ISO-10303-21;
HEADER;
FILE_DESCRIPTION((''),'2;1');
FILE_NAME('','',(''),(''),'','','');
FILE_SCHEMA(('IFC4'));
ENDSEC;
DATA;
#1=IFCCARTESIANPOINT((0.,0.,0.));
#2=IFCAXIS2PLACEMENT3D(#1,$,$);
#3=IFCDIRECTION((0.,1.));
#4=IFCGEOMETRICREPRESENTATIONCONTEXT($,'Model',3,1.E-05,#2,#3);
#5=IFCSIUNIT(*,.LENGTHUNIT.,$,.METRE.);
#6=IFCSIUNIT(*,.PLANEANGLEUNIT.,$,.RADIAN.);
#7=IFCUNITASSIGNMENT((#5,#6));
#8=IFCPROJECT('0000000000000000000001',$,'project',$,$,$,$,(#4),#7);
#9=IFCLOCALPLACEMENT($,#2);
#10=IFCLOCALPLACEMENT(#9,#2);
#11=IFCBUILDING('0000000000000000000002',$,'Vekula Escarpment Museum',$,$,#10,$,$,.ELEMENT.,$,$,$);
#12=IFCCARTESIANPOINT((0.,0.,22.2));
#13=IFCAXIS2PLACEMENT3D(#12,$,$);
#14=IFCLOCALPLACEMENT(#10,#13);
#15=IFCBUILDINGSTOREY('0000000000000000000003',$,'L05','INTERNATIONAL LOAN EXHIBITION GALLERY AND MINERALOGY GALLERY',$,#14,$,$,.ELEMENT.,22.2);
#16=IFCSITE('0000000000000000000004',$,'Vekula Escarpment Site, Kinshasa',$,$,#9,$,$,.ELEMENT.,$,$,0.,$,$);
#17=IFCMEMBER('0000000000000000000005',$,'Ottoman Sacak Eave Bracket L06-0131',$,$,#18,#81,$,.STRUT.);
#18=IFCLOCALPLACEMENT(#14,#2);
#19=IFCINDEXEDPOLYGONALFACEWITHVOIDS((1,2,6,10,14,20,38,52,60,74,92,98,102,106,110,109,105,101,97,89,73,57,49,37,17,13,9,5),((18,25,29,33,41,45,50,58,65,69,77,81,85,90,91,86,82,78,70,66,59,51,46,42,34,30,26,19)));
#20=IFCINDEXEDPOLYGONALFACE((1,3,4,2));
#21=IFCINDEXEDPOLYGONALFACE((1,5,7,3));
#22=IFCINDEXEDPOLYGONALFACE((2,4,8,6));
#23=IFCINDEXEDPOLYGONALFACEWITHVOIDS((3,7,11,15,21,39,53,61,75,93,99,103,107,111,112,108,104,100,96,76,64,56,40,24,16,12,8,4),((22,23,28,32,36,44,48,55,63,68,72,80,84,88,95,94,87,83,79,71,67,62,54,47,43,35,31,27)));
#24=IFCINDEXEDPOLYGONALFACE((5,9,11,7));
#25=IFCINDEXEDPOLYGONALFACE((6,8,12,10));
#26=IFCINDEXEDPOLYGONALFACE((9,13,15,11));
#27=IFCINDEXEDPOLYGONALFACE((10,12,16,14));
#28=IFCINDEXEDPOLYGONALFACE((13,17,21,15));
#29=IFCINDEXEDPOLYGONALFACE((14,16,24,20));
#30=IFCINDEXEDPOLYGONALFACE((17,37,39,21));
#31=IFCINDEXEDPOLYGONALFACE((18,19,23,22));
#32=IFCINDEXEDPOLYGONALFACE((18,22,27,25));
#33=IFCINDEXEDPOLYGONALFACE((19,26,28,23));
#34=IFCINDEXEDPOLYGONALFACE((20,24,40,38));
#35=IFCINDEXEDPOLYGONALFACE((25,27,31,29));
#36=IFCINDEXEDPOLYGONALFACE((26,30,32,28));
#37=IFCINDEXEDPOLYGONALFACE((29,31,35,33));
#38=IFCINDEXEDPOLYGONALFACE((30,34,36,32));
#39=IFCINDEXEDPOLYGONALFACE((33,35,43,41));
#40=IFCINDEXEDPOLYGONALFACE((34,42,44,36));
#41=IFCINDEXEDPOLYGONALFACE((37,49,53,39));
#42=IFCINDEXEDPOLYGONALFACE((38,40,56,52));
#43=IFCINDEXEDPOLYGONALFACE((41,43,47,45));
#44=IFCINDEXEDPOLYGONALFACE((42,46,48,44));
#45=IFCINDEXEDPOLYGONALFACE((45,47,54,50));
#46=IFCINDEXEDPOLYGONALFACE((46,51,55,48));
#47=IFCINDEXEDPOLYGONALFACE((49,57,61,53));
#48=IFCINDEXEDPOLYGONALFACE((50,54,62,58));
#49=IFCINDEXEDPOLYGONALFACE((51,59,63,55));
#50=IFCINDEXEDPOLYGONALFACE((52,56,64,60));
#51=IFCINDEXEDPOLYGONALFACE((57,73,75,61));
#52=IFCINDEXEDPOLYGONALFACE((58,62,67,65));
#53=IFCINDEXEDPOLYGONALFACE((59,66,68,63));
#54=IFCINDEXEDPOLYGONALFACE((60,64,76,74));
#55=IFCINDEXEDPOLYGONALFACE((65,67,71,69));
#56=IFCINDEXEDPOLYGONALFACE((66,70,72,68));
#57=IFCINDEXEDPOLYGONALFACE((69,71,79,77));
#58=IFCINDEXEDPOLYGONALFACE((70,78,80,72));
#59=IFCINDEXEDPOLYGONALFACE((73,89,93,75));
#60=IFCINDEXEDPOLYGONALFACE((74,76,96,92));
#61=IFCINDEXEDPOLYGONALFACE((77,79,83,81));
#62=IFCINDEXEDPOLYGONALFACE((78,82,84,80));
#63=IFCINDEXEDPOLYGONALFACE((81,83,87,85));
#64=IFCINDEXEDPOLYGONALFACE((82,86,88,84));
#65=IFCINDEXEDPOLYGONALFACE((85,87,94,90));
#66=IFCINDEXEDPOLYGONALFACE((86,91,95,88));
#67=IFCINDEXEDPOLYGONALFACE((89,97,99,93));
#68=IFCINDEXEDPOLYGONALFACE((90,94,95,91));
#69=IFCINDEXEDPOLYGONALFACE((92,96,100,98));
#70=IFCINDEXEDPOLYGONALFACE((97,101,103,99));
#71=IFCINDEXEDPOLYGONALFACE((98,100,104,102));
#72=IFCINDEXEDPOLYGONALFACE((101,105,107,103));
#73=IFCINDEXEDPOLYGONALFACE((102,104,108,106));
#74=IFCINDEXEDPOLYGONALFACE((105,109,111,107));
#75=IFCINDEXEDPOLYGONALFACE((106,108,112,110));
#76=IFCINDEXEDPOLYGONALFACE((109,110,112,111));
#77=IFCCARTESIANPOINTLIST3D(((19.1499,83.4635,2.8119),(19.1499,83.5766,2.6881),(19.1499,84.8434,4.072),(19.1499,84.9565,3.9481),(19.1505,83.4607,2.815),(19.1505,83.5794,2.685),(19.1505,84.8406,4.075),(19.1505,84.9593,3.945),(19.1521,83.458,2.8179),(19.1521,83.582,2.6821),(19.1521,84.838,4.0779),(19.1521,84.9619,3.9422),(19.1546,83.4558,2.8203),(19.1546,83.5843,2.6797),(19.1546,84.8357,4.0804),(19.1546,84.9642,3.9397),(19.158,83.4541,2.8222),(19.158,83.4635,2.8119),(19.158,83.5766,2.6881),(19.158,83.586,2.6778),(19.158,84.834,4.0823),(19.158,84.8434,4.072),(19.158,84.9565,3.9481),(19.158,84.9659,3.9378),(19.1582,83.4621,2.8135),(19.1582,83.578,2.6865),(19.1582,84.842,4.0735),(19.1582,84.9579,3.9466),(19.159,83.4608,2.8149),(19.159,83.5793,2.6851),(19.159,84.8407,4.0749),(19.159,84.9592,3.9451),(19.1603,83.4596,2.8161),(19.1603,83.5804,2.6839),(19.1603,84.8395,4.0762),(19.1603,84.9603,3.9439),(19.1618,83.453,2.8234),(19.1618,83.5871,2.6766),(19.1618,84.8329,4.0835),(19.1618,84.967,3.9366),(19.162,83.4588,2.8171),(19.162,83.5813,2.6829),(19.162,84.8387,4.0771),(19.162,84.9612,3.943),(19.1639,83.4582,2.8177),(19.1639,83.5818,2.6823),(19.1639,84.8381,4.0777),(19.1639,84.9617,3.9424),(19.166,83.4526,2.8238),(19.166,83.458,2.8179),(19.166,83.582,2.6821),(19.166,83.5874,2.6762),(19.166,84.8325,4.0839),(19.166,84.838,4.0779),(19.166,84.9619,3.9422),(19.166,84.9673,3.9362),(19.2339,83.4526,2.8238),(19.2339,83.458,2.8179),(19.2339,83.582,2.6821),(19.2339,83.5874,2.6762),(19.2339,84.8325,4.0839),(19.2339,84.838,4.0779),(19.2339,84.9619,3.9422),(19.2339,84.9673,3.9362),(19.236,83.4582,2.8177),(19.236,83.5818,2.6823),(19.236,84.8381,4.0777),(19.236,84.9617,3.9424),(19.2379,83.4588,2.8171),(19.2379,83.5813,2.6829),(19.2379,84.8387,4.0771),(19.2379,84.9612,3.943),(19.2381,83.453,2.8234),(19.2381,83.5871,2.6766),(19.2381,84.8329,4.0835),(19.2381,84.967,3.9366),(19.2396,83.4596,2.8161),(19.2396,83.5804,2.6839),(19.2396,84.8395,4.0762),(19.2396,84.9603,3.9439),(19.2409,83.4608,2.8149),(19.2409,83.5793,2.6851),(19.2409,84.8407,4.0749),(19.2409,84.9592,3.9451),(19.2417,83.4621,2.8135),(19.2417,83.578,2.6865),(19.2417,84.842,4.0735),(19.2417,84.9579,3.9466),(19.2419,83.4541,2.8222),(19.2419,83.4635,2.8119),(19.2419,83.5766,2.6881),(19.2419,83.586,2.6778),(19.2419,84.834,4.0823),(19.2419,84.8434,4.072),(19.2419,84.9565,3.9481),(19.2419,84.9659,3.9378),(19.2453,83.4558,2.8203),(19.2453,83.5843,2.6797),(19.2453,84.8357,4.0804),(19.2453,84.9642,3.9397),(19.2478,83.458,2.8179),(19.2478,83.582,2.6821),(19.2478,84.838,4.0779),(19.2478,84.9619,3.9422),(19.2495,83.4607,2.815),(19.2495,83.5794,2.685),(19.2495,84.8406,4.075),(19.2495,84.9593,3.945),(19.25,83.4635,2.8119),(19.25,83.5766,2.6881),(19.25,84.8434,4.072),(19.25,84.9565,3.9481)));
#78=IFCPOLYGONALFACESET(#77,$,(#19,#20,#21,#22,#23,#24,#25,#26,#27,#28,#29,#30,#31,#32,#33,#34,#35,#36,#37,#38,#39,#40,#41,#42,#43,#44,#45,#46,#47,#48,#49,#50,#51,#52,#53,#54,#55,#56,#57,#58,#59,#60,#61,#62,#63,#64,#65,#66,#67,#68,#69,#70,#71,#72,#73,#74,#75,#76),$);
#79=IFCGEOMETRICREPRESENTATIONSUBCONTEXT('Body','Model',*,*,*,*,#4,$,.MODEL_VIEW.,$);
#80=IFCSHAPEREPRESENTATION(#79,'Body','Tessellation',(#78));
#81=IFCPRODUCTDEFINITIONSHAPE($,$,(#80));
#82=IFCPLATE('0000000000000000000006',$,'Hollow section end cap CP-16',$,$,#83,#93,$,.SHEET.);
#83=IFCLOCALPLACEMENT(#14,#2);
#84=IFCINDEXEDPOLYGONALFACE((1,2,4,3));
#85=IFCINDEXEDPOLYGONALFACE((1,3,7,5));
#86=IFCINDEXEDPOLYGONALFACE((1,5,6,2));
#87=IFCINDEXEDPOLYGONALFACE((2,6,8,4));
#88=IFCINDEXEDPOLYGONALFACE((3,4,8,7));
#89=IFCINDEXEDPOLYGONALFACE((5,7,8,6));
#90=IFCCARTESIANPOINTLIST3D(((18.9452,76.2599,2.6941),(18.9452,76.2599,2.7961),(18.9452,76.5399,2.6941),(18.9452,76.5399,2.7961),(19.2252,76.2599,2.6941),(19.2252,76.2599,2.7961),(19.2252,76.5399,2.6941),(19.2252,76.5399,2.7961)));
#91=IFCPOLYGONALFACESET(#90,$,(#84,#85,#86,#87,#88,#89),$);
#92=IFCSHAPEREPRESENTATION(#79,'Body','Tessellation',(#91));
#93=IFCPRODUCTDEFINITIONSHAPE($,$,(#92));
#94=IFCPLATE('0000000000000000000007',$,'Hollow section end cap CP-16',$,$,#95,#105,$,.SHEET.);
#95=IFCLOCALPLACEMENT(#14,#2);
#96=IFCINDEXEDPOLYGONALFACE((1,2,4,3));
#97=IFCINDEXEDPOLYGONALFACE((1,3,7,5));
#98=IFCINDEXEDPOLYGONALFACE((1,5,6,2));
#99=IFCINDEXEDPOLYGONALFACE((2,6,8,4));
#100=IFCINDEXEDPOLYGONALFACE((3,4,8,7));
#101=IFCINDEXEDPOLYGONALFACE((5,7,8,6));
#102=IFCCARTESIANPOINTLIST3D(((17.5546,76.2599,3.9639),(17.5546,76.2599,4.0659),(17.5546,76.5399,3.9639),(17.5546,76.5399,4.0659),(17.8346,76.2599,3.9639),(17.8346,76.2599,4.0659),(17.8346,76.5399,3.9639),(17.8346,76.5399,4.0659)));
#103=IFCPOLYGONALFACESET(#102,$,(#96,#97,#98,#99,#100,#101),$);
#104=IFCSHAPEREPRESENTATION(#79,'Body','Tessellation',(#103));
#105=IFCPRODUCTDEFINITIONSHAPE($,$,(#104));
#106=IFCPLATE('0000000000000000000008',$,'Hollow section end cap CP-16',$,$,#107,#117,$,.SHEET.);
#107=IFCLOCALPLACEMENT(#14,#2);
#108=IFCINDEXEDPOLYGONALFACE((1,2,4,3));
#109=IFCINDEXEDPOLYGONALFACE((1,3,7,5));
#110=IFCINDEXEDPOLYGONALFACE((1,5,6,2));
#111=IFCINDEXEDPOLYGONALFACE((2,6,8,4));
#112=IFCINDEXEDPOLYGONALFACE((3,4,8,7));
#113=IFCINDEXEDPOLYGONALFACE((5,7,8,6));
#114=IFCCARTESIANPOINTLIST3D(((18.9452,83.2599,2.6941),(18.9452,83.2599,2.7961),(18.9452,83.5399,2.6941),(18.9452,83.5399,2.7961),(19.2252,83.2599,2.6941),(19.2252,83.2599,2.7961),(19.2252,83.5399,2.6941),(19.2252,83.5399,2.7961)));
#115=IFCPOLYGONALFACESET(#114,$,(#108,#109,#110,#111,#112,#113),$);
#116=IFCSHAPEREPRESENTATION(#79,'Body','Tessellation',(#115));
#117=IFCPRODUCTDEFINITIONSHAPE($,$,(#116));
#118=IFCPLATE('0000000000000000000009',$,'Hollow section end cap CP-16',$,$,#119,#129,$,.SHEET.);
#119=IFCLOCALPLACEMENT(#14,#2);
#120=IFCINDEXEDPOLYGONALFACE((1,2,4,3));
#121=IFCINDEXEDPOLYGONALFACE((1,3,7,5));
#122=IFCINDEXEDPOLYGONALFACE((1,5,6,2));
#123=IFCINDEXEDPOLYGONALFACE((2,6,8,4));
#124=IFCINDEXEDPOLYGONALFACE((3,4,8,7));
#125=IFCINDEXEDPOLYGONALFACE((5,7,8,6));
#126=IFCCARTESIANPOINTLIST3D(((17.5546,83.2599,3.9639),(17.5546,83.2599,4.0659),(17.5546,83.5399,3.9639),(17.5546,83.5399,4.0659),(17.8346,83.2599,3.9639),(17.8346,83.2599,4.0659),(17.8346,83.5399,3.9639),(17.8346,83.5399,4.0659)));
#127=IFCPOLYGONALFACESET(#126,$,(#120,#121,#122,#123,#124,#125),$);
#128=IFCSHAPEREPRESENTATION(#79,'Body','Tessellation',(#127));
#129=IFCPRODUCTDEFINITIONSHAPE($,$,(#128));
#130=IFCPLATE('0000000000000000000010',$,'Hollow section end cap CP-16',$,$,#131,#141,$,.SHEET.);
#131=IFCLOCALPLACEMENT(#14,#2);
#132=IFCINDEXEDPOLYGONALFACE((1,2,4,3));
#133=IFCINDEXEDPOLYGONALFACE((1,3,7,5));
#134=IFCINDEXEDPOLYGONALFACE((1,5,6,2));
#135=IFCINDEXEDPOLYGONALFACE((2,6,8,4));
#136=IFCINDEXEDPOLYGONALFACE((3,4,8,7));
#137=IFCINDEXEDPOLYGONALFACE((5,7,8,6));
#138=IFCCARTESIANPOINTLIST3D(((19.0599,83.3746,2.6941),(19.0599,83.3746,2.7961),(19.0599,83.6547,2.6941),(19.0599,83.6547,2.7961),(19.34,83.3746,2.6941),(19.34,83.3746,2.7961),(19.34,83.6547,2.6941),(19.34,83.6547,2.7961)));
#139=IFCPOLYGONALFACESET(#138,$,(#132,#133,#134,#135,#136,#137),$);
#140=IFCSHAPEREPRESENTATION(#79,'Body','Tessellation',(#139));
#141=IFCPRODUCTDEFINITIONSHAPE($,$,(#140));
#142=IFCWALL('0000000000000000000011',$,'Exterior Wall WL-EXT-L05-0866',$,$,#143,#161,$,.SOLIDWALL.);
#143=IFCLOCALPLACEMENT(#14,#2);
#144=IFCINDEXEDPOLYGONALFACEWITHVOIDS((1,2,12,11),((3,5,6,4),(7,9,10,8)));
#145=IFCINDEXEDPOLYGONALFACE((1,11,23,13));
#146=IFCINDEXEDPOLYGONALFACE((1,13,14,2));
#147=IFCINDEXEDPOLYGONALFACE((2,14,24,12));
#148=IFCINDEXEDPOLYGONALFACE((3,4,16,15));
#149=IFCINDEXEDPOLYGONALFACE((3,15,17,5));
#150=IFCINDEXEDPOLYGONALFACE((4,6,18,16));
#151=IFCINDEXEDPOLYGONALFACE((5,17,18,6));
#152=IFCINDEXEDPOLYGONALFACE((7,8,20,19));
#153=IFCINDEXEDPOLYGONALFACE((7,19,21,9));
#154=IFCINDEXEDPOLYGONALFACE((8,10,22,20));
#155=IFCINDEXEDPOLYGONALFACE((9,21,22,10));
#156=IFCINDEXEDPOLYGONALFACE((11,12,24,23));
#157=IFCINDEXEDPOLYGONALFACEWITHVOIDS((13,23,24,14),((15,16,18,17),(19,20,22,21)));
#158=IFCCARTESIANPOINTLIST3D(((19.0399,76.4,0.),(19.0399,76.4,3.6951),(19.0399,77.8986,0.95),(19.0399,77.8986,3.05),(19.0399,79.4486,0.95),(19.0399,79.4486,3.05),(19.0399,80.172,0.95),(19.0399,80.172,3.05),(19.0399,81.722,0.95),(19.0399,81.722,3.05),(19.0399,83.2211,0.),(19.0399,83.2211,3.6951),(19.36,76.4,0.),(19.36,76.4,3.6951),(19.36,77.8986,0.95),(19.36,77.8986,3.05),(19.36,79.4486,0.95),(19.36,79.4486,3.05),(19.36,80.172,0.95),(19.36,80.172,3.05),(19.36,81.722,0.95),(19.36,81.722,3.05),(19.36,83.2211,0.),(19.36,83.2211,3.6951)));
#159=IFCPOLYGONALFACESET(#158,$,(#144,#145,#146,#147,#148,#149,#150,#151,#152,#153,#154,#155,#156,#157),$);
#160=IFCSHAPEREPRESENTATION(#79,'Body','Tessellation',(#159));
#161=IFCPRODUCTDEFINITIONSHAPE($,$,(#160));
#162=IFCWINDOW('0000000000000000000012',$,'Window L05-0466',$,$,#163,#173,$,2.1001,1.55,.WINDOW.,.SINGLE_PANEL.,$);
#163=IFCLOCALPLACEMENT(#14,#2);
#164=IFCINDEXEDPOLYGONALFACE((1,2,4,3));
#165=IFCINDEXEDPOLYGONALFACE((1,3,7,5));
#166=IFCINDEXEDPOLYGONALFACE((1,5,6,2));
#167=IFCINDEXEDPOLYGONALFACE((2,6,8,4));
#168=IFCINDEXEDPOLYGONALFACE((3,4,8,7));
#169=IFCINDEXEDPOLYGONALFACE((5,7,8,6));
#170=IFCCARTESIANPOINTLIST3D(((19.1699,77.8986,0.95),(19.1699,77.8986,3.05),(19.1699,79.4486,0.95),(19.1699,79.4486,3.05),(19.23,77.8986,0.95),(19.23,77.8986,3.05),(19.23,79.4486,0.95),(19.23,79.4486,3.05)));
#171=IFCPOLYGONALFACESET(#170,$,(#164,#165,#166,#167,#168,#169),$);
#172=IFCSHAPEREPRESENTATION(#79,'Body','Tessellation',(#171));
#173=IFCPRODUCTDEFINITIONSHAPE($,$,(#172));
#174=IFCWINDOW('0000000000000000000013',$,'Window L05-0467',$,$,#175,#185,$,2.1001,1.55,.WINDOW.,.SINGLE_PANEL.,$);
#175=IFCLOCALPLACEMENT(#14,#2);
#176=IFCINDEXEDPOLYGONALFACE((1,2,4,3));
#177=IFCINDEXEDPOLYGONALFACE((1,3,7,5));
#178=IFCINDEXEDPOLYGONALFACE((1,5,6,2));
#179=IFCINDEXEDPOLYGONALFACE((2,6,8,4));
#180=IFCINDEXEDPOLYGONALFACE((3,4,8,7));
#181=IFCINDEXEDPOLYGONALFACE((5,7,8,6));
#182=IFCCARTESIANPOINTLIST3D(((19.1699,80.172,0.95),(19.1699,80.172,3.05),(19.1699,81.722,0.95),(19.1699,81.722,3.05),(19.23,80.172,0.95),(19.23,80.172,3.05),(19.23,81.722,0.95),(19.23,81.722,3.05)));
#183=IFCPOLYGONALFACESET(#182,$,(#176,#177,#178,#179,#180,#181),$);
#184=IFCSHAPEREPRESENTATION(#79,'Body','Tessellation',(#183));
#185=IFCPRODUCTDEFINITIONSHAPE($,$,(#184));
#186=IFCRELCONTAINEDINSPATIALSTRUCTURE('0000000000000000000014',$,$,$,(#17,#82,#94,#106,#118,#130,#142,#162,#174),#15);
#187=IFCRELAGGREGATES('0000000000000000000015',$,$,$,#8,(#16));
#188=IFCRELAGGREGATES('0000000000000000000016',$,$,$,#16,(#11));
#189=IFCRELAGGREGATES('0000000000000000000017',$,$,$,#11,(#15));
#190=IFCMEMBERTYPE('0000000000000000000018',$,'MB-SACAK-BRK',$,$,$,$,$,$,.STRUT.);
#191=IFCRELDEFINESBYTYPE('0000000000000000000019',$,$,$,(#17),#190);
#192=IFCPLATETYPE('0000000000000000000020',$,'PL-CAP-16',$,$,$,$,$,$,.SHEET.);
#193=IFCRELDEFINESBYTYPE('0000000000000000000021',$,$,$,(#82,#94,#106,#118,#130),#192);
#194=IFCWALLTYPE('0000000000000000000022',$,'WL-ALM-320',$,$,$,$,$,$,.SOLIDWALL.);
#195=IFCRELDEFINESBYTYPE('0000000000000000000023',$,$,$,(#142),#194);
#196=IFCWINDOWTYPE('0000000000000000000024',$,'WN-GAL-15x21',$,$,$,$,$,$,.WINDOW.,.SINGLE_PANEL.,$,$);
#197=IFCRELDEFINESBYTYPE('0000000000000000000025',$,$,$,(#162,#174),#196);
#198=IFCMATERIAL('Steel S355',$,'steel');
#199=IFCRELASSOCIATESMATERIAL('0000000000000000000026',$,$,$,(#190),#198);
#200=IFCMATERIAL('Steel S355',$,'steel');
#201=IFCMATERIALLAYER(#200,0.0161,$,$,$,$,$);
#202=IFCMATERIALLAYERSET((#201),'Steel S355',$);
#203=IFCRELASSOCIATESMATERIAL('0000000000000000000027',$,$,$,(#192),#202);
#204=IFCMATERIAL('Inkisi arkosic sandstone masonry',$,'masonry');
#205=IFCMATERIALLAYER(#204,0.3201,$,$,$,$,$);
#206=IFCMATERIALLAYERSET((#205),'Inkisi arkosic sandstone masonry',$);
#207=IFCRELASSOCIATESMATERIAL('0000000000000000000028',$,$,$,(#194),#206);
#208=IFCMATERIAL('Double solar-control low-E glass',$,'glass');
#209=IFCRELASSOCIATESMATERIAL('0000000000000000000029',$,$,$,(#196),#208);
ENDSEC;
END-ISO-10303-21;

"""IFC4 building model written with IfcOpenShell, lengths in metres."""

from ifc_helpers import new_model, si_unit, direction, frame, frame_2d, origin, origin_2d, place, context, subcontext, project, spatial, rectangle, hollow_rectangle, extrude, material, layer, layer_set, material_profile, profile_set, type_object, element, fill, save


model = new_model("IFC4")

# Units and contexts
model_context = context("Model", 3, precision=1e-05, world=origin(), true_north=direction((0.0, 1.0)))
body_context = subcontext(model_context, "Body", "Model", "MODEL_VIEW")
ifc_project = project(units=[si_unit("LENGTHUNIT", "METRE"), si_unit("PLANEANGLEUNIT", "RADIAN")], contexts=[model_context])

# Site, building, storey
site_placement = place(None, origin())
site = spatial("IfcSite", under=ifc_project, at=site_placement, Name="Vekula Escarpment Site, Kinshasa", CompositionType="ELEMENT", RefElevation=0.0)
building_placement = place(site_placement, origin())
building = spatial("IfcBuilding", under=site, at=building_placement, Name="Vekula Escarpment Museum", CompositionType="ELEMENT")
storey_placement = place(building_placement, frame((0.0, 0.0, 22.2)))
storey = spatial("IfcBuildingStorey", under=building, at=storey_placement, Name="L05", Description="INTERNATIONAL LOAN EXHIBITION GALLERY AND MINERALOGY GALLERY", CompositionType="ELEMENT", Elevation=22.2)

# Member
ifc_material_1 = material(Name="Steel S355", Category="steel")
ifc_material_profile_1 = material_profile(ifc_material_1, hollow_rectangle(XDim=0.1001, YDim=0.2, WallThickness=0.0081, InnerFilletRadius=0.0081, OuterFilletRadius=0.0161, at=origin_2d()), Name="RHS 200x100x8")
ifc_profile_set_1 = profile_set([ifc_material_profile_1], Name="Steel S355")
member_type = type_object("IfcMemberType", Name="MB-SACAK-BRK", PredefinedType="STRUT", material=ifc_profile_set_1)
member_placement = place(storey_placement, frame((19.2, 83.52, 2.75), z_axis=(0.0, 0.738454, 0.674303), x_axis=(-1.0, 0.0, 0.0)))
element("IfcMember", 1, at=member_placement, inside=storey, type_object=member_type, Name="Ottoman Sacak Eave Bracket L06-0131", PredefinedType="STRUT", context=body_context, shape_type="SweptSolid", body=[
    extrude(hollow_rectangle(XDim=0.1001, YDim=0.2, WallThickness=0.0081, InnerFilletRadius=0.0081, OuterFilletRadius=0.0161, at=origin_2d()), origin(), (0.0, 0.0, 1.0), 1.8687),
])

# Plates
ifc_material_2 = material(Name="Steel S355", Category="steel")
ifc_layer_1 = layer(ifc_material_2, 0.0161)
ifc_layer_set_1 = layer_set([ifc_layer_1], Name="Steel S355")
plate_type = type_object("IfcPlateType", Name="PL-CAP-16", PredefinedType="SHEET", material=ifc_layer_set_1)
for number, where, z_axis, x_axis, name in (
    (2, (19.0852, 76.3999, 2.6941), (0.0, 0.0, 1.0), (1.0, 0.0, 0.0), "Hollow section end cap CP-16"),
    (3, (17.6946, 76.3999, 3.9639), (0.0, 0.0, 1.0), (1.0, 0.0, 0.0), "Hollow section end cap CP-16"),
    (4, (19.0852, 83.3999, 2.6941), (0.0, 0.0, 1.0), (1.0, 0.0, 0.0), "Hollow section end cap CP-16"),
    (5, (17.6946, 83.3999, 3.9639), (0.0, 0.0, 1.0), (1.0, 0.0, 0.0), "Hollow section end cap CP-16"),
    (6, (19.2, 83.5146, 2.6941), (0.0, 0.0, 1.0), (1.0, 0.0, 0.0), "Hollow section end cap CP-16"),
):
    element("IfcPlate", number, at=place(storey_placement, frame(where, z_axis=z_axis, x_axis=x_axis)), inside=storey, type_object=plate_type, Name=name, PredefinedType="SHEET", context=body_context, shape_type="SweptSolid", body=[
        extrude(rectangle(XDim=0.28, YDim=0.28, at=origin_2d()), origin(), (0.0, 0.0, 1.0), 0.1021),
    ])

# Wall, openings, windows
ifc_material_3 = material(Name="Inkisi arkosic sandstone masonry", Category="masonry")
ifc_layer_2 = layer(ifc_material_3, 0.3201)
ifc_layer_set_2 = layer_set([ifc_layer_2], Name="Inkisi arkosic sandstone masonry")
wall_type_1 = type_object("IfcWallType", Name="WL-ALM-320", PredefinedType="SOLIDWALL", material=ifc_layer_set_2)
wall_1_placement = place(storey_placement, frame((19.2, 76.3999, 0.0), z_axis=(0.0, 0.0, 1.0), x_axis=(0.0, 1.0, 0.0)))
wall_1 = element("IfcWall", 7, at=wall_1_placement, inside=storey, type_object=wall_type_1, Name="Exterior Wall WL-EXT-L05-0866", PredefinedType="SOLIDWALL", context=body_context, shape_type="SweptSolid", body=[
    extrude(rectangle(XDim=6.821, YDim=0.3201, at=frame_2d((3.4106, 0.0))), origin(), (0.0, 0.0, 1.0), 3.6951),
])
opening_1_placement = place(wall_1_placement, frame((1.4988, 0.0, 0.95)))
opening_1 = element("IfcOpeningElement", 8, at=opening_1_placement, cuts=wall_1, PredefinedType="OPENING", context=body_context, shape_type="SweptSolid", body=[
    extrude(rectangle(XDim=1.55, YDim=2.1001, at=frame_2d((0.7749, 1.05))), frame((0.0, 0.1699, 0.0), z_axis=(0.0, -1.0, 0.0), x_axis=(1.0, 0.0, 0.0)), (0.0, 0.0, 1.0), 0.3401),
])
opening_2_placement = place(wall_1_placement, frame((3.7722, 0.0, 0.95)))
opening_2 = element("IfcOpeningElement", 9, at=opening_2_placement, cuts=wall_1, PredefinedType="OPENING", context=body_context, shape_type="SweptSolid", body=[
    extrude(rectangle(XDim=1.55, YDim=2.1001, at=frame_2d((0.7749, 1.05))), frame((0.0, 0.1699, 0.0), z_axis=(0.0, -1.0, 0.0), x_axis=(1.0, 0.0, 0.0)), (0.0, 0.0, 1.0), 0.3401),
])
ifc_material_4 = material(Name="Double solar-control low-E glass", Category="glass")
window_type_1 = type_object("IfcWindowType", Name="WN-GAL-15x21", PartitioningType="SINGLE_PANEL", PredefinedType="WINDOW", material=ifc_material_4)
window_1_placement = place(opening_1_placement, origin())
window_1 = element("IfcWindow", 10, at=window_1_placement, inside=storey, type_object=window_type_1, Name="Window L05-0466", OverallHeight=2.1001, OverallWidth=1.55, PartitioningType="SINGLE_PANEL", PredefinedType="WINDOW", context=body_context, shape_type="SweptSolid", body=[
    extrude(rectangle(XDim=1.55, YDim=2.1001, at=frame_2d((0.7749, 1.05))), frame((0.0, 0.03, 0.0), z_axis=(0.0, -1.0, 0.0), x_axis=(1.0, 0.0, 0.0)), (0.0, 0.0, 1.0), 0.0601),
])
fill(opening_1, window_1)
window_2_placement = place(opening_2_placement, origin())
window_2 = element("IfcWindow", 11, at=window_2_placement, inside=storey, type_object=window_type_1, Name="Window L05-0467", OverallHeight=2.1001, OverallWidth=1.55, PartitioningType="SINGLE_PANEL", PredefinedType="WINDOW", context=body_context, shape_type="SweptSolid", body=[
    extrude(rectangle(XDim=1.55, YDim=2.1001, at=frame_2d((0.7749, 1.05))), frame((0.0, 0.03, 0.0), z_axis=(0.0, -1.0, 0.0), x_axis=(1.0, 0.0, 0.0)), (0.0, 0.0, 1.0), 0.0601),
])
fill(opening_2, window_2)

save(model, "model.ifc")
